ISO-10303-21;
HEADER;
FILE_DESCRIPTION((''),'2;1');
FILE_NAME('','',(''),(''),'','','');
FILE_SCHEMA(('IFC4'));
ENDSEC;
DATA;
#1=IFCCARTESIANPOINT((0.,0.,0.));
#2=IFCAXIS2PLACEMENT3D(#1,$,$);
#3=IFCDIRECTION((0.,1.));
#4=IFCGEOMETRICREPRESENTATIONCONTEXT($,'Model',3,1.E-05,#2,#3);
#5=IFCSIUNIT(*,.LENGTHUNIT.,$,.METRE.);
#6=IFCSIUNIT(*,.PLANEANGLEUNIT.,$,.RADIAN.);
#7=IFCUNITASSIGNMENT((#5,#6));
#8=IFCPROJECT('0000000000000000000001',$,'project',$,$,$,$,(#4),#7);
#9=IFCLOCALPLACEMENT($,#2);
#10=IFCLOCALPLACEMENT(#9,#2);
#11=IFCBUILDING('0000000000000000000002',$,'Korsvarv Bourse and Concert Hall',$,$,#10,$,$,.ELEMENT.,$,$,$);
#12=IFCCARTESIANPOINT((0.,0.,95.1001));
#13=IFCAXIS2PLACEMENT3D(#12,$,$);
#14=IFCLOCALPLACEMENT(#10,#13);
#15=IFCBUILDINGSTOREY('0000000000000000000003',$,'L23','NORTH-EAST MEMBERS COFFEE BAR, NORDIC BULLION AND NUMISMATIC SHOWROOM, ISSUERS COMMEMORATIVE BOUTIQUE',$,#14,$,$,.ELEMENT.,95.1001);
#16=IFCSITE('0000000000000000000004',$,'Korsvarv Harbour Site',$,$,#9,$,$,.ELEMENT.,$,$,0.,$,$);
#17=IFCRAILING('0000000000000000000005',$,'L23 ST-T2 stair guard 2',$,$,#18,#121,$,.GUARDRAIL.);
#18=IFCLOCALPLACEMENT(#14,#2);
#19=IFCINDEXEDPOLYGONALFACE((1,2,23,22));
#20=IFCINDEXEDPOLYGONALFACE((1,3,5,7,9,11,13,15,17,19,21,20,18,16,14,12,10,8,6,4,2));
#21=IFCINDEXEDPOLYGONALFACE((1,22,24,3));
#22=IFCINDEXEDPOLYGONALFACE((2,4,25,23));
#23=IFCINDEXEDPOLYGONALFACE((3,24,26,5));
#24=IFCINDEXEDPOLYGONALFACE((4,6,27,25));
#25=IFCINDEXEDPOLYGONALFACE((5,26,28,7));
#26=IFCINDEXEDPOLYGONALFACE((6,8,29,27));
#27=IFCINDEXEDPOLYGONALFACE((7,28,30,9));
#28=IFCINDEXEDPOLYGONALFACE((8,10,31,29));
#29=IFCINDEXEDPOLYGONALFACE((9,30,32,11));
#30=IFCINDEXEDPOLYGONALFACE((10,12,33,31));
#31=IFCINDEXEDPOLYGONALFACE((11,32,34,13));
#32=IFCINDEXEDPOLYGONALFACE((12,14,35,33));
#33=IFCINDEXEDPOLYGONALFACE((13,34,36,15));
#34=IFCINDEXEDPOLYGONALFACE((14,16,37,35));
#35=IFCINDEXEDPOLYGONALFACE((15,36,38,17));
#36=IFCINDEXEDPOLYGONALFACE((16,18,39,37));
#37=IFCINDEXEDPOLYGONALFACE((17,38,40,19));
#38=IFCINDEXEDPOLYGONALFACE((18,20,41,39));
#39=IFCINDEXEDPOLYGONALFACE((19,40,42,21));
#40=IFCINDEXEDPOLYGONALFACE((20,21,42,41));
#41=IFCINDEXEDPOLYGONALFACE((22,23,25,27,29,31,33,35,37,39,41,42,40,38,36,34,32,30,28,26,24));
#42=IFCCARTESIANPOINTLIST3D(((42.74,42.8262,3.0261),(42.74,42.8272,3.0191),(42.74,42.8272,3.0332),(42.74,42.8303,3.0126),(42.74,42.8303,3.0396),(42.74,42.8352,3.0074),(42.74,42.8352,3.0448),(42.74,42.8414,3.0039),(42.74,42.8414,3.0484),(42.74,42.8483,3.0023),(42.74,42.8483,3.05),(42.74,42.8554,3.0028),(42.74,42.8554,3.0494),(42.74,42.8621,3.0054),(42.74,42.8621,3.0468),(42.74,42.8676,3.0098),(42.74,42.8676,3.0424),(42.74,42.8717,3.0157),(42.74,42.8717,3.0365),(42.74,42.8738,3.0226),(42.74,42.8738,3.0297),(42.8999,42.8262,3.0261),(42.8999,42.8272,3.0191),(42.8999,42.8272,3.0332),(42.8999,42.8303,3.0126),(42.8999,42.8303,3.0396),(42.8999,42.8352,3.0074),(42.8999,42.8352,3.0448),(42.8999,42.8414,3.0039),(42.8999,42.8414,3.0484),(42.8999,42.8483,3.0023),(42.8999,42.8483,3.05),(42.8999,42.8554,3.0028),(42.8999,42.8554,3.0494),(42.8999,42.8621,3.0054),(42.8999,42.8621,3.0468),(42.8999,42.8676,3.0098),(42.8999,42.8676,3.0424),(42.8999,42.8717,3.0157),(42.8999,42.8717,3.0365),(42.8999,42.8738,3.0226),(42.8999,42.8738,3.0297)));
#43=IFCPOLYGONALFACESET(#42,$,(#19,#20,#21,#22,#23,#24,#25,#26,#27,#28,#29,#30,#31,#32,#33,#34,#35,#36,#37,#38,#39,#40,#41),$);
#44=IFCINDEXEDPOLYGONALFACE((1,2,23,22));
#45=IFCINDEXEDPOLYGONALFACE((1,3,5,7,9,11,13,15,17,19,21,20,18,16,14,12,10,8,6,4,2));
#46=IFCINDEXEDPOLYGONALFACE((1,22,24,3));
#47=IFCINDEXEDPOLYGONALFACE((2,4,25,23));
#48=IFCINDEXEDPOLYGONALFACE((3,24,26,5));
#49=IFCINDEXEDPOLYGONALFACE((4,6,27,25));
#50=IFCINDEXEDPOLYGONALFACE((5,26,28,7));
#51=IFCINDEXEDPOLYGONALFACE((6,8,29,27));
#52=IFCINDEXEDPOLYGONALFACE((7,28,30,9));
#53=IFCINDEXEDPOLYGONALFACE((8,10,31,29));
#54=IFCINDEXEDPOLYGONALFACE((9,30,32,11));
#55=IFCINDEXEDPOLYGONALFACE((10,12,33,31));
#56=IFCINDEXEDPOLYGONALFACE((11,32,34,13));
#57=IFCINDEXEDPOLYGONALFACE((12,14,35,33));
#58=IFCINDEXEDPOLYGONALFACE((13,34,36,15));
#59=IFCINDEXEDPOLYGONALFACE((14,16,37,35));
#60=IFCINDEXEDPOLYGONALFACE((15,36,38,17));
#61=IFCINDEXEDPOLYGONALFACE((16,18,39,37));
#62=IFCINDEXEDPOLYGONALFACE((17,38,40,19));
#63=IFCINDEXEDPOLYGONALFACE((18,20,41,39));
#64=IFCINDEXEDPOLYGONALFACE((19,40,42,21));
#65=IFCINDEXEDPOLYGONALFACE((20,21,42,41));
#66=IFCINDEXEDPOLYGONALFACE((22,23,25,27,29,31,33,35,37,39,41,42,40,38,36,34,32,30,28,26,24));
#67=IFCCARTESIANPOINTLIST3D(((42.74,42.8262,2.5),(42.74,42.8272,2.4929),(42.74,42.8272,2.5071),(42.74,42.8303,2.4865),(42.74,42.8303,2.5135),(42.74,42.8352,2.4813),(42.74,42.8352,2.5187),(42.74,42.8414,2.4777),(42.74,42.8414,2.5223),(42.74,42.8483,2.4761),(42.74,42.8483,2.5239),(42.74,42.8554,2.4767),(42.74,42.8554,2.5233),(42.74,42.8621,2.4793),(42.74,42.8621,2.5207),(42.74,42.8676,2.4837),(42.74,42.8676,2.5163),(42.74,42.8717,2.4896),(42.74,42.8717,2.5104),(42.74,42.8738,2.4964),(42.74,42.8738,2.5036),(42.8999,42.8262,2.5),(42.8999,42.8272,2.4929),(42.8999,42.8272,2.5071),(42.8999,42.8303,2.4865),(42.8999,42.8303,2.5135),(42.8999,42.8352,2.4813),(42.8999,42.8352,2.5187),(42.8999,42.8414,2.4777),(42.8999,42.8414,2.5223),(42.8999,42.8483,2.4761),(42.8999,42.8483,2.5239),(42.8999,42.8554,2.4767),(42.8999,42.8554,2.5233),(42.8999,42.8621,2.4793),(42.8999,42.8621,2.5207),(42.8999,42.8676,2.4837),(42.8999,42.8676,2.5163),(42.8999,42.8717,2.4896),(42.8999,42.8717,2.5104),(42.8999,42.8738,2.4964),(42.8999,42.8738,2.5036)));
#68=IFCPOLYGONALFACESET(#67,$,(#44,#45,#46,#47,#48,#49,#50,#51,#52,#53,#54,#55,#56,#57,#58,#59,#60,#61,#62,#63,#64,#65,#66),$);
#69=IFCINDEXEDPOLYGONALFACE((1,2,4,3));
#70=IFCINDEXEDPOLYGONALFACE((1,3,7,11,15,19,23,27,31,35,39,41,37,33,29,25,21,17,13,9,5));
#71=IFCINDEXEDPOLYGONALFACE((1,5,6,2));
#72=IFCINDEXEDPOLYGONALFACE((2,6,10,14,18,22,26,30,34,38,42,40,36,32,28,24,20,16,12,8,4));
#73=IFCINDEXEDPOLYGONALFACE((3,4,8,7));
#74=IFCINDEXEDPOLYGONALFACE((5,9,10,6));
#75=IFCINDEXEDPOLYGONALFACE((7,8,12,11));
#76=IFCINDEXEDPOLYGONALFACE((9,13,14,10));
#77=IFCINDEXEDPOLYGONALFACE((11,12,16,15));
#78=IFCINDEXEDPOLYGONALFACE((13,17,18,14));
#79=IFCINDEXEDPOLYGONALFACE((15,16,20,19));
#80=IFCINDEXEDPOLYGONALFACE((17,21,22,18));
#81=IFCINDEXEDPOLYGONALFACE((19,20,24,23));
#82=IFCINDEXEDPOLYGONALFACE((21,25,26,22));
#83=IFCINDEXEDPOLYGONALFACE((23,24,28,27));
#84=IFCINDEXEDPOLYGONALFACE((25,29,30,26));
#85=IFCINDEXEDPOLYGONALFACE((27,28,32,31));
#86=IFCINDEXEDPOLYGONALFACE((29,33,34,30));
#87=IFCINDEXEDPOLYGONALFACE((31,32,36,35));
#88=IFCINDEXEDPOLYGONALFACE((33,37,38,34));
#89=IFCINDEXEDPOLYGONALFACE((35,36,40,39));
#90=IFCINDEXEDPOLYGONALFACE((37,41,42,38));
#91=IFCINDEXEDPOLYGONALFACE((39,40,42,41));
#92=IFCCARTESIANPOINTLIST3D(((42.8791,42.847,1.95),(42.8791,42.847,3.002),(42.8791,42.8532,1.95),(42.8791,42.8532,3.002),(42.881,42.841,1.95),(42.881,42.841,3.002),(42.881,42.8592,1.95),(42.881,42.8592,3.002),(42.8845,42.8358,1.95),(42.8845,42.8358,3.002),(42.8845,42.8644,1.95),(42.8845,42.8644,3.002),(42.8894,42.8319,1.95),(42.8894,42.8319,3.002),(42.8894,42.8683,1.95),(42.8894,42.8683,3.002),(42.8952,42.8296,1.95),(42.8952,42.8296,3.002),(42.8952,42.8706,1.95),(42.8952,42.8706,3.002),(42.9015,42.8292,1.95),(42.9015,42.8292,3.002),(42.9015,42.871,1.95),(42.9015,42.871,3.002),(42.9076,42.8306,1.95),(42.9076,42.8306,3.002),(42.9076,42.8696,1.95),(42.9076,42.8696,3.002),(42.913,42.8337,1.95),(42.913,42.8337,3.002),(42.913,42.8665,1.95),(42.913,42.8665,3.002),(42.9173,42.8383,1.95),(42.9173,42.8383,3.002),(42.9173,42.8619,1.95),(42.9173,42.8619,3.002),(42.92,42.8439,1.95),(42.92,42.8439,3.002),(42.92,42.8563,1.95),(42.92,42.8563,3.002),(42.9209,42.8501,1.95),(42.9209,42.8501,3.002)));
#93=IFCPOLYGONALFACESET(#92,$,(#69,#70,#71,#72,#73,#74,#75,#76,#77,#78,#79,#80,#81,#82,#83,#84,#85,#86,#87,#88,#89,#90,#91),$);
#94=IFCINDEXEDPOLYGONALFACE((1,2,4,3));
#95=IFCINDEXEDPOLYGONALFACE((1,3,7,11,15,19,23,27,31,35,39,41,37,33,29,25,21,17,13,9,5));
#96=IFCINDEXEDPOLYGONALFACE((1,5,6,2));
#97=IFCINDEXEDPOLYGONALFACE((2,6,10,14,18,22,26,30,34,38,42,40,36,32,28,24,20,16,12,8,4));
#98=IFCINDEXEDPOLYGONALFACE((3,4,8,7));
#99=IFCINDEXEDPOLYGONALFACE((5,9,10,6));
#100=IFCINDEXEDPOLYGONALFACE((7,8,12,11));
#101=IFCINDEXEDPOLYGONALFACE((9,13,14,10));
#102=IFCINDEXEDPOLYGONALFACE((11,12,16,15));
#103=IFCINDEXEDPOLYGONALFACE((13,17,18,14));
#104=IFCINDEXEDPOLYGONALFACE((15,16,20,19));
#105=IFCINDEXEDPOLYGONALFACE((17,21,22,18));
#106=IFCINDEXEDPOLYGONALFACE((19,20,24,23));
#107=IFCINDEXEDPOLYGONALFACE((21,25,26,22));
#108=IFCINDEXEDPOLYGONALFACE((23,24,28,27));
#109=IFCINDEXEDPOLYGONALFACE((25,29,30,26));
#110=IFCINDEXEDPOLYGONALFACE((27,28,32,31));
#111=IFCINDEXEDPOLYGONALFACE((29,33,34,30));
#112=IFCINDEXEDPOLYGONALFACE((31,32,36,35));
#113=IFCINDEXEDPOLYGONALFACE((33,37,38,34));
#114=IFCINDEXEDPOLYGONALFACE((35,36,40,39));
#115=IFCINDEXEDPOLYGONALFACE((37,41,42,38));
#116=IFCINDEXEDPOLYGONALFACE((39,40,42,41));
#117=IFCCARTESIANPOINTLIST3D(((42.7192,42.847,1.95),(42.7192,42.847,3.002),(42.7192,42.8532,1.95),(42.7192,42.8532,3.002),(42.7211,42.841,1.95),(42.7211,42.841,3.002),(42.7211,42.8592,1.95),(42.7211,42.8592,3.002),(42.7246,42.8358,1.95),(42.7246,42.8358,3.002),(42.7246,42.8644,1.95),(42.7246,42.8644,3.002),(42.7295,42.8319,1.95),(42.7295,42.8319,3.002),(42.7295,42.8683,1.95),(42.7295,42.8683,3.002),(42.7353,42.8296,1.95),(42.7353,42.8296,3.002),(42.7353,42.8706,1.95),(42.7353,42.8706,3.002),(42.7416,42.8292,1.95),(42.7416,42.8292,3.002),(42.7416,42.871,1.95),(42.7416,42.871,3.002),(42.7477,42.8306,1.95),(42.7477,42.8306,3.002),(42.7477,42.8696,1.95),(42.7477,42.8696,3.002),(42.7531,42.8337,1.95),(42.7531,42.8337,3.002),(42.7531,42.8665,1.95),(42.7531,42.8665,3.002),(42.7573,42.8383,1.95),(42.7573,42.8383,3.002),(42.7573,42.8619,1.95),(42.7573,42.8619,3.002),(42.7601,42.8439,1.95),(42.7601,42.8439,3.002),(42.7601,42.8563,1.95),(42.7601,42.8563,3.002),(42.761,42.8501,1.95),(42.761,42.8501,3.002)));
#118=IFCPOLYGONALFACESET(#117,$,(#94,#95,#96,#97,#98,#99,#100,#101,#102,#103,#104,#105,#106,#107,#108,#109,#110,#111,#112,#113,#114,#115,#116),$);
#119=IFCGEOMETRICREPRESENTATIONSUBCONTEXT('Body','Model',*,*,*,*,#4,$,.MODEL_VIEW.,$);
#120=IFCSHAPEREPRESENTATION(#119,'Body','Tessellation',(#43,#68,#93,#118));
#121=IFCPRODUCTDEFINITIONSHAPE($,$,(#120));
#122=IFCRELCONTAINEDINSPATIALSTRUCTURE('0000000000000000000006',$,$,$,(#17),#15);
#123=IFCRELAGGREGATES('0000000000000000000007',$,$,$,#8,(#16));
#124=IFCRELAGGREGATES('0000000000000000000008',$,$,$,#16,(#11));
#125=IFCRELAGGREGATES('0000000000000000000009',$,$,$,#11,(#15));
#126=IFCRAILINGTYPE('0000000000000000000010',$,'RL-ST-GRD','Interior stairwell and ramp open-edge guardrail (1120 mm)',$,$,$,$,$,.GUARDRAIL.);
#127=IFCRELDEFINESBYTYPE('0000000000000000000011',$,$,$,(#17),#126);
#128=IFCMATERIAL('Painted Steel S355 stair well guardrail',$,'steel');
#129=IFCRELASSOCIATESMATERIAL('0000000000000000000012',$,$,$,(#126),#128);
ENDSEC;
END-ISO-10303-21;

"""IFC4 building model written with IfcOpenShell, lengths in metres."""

from ifc_helpers import new_model, si_unit, direction, frame, origin, origin_2d, place, context, subcontext, project, spatial, circle, extrude, material, type_object, element, save


model = new_model("IFC4")

# Units and contexts
model_context = context("Model", 3, precision=1e-05, world=origin(), true_north=direction((0.0, 1.0)))
body_context = subcontext(model_context, "Body", "Model", "MODEL_VIEW")
ifc_project = project(units=[si_unit("LENGTHUNIT", "METRE"), si_unit("PLANEANGLEUNIT", "RADIAN")], contexts=[model_context])

# Site, building, storey
site_placement = place(None, origin())
site = spatial("IfcSite", under=ifc_project, at=site_placement, Name="Korsvarv Harbour Site", CompositionType="ELEMENT", RefElevation=0.0)
building_placement = place(site_placement, origin())
building = spatial("IfcBuilding", under=site, at=building_placement, Name="Korsvarv Bourse and Concert Hall", CompositionType="ELEMENT")
storey_placement = place(building_placement, frame((0.0, 0.0, 95.1001)))
storey = spatial("IfcBuildingStorey", under=building, at=storey_placement, Name="L23", Description="NORTH-EAST MEMBERS COFFEE BAR, NORDIC BULLION AND NUMISMATIC SHOWROOM, ISSUERS COMMEMORATIVE BOUTIQUE", CompositionType="ELEMENT", Elevation=95.1001)

# Railing
ifc_material_1 = material(Name="Painted Steel S355 stair well guardrail", Category="steel")
railing_type_1 = type_object("IfcRailingType", Name="RL-ST-GRD", Description="Interior stairwell and ramp open-edge guardrail (1120 mm)", PredefinedType="GUARDRAIL", material=ifc_material_1)
railing_1_placement = place(storey_placement, frame((42.8999, 42.8501, 1.95)))
element("IfcRailing", 1, at=railing_1_placement, inside=storey, type_object=railing_type_1, Name="L23 ST-T2 stair guard 2", PredefinedType="GUARDRAIL", context=body_context, shape_type="SweptSolid", body=[
    extrude(circle(Radius=0.0239, at=origin_2d()), frame((0.0, 0.0, 1.0762), z_axis=(-1.0, 0.0, 0.0), x_axis=(0.0, -1.0, 0.0)), (0.0, 0.0, 1.0), 0.1599),
    extrude(circle(Radius=0.0239, at=origin_2d()), frame((0.0, 0.0, 0.55), z_axis=(-1.0, 0.0, 0.0), x_axis=(0.0, -1.0, 0.0)), (0.0, 0.0, 1.0), 0.1599),
    extrude(circle(Radius=0.021, at=origin_2d()), origin(), (0.0, 0.0, 1.0), 1.052),
    extrude(circle(Radius=0.021, at=origin_2d()), frame((-0.1599, 0.0, 0.0)), (0.0, 0.0, 1.0), 1.052),
])

save(model, "model.ifc")
